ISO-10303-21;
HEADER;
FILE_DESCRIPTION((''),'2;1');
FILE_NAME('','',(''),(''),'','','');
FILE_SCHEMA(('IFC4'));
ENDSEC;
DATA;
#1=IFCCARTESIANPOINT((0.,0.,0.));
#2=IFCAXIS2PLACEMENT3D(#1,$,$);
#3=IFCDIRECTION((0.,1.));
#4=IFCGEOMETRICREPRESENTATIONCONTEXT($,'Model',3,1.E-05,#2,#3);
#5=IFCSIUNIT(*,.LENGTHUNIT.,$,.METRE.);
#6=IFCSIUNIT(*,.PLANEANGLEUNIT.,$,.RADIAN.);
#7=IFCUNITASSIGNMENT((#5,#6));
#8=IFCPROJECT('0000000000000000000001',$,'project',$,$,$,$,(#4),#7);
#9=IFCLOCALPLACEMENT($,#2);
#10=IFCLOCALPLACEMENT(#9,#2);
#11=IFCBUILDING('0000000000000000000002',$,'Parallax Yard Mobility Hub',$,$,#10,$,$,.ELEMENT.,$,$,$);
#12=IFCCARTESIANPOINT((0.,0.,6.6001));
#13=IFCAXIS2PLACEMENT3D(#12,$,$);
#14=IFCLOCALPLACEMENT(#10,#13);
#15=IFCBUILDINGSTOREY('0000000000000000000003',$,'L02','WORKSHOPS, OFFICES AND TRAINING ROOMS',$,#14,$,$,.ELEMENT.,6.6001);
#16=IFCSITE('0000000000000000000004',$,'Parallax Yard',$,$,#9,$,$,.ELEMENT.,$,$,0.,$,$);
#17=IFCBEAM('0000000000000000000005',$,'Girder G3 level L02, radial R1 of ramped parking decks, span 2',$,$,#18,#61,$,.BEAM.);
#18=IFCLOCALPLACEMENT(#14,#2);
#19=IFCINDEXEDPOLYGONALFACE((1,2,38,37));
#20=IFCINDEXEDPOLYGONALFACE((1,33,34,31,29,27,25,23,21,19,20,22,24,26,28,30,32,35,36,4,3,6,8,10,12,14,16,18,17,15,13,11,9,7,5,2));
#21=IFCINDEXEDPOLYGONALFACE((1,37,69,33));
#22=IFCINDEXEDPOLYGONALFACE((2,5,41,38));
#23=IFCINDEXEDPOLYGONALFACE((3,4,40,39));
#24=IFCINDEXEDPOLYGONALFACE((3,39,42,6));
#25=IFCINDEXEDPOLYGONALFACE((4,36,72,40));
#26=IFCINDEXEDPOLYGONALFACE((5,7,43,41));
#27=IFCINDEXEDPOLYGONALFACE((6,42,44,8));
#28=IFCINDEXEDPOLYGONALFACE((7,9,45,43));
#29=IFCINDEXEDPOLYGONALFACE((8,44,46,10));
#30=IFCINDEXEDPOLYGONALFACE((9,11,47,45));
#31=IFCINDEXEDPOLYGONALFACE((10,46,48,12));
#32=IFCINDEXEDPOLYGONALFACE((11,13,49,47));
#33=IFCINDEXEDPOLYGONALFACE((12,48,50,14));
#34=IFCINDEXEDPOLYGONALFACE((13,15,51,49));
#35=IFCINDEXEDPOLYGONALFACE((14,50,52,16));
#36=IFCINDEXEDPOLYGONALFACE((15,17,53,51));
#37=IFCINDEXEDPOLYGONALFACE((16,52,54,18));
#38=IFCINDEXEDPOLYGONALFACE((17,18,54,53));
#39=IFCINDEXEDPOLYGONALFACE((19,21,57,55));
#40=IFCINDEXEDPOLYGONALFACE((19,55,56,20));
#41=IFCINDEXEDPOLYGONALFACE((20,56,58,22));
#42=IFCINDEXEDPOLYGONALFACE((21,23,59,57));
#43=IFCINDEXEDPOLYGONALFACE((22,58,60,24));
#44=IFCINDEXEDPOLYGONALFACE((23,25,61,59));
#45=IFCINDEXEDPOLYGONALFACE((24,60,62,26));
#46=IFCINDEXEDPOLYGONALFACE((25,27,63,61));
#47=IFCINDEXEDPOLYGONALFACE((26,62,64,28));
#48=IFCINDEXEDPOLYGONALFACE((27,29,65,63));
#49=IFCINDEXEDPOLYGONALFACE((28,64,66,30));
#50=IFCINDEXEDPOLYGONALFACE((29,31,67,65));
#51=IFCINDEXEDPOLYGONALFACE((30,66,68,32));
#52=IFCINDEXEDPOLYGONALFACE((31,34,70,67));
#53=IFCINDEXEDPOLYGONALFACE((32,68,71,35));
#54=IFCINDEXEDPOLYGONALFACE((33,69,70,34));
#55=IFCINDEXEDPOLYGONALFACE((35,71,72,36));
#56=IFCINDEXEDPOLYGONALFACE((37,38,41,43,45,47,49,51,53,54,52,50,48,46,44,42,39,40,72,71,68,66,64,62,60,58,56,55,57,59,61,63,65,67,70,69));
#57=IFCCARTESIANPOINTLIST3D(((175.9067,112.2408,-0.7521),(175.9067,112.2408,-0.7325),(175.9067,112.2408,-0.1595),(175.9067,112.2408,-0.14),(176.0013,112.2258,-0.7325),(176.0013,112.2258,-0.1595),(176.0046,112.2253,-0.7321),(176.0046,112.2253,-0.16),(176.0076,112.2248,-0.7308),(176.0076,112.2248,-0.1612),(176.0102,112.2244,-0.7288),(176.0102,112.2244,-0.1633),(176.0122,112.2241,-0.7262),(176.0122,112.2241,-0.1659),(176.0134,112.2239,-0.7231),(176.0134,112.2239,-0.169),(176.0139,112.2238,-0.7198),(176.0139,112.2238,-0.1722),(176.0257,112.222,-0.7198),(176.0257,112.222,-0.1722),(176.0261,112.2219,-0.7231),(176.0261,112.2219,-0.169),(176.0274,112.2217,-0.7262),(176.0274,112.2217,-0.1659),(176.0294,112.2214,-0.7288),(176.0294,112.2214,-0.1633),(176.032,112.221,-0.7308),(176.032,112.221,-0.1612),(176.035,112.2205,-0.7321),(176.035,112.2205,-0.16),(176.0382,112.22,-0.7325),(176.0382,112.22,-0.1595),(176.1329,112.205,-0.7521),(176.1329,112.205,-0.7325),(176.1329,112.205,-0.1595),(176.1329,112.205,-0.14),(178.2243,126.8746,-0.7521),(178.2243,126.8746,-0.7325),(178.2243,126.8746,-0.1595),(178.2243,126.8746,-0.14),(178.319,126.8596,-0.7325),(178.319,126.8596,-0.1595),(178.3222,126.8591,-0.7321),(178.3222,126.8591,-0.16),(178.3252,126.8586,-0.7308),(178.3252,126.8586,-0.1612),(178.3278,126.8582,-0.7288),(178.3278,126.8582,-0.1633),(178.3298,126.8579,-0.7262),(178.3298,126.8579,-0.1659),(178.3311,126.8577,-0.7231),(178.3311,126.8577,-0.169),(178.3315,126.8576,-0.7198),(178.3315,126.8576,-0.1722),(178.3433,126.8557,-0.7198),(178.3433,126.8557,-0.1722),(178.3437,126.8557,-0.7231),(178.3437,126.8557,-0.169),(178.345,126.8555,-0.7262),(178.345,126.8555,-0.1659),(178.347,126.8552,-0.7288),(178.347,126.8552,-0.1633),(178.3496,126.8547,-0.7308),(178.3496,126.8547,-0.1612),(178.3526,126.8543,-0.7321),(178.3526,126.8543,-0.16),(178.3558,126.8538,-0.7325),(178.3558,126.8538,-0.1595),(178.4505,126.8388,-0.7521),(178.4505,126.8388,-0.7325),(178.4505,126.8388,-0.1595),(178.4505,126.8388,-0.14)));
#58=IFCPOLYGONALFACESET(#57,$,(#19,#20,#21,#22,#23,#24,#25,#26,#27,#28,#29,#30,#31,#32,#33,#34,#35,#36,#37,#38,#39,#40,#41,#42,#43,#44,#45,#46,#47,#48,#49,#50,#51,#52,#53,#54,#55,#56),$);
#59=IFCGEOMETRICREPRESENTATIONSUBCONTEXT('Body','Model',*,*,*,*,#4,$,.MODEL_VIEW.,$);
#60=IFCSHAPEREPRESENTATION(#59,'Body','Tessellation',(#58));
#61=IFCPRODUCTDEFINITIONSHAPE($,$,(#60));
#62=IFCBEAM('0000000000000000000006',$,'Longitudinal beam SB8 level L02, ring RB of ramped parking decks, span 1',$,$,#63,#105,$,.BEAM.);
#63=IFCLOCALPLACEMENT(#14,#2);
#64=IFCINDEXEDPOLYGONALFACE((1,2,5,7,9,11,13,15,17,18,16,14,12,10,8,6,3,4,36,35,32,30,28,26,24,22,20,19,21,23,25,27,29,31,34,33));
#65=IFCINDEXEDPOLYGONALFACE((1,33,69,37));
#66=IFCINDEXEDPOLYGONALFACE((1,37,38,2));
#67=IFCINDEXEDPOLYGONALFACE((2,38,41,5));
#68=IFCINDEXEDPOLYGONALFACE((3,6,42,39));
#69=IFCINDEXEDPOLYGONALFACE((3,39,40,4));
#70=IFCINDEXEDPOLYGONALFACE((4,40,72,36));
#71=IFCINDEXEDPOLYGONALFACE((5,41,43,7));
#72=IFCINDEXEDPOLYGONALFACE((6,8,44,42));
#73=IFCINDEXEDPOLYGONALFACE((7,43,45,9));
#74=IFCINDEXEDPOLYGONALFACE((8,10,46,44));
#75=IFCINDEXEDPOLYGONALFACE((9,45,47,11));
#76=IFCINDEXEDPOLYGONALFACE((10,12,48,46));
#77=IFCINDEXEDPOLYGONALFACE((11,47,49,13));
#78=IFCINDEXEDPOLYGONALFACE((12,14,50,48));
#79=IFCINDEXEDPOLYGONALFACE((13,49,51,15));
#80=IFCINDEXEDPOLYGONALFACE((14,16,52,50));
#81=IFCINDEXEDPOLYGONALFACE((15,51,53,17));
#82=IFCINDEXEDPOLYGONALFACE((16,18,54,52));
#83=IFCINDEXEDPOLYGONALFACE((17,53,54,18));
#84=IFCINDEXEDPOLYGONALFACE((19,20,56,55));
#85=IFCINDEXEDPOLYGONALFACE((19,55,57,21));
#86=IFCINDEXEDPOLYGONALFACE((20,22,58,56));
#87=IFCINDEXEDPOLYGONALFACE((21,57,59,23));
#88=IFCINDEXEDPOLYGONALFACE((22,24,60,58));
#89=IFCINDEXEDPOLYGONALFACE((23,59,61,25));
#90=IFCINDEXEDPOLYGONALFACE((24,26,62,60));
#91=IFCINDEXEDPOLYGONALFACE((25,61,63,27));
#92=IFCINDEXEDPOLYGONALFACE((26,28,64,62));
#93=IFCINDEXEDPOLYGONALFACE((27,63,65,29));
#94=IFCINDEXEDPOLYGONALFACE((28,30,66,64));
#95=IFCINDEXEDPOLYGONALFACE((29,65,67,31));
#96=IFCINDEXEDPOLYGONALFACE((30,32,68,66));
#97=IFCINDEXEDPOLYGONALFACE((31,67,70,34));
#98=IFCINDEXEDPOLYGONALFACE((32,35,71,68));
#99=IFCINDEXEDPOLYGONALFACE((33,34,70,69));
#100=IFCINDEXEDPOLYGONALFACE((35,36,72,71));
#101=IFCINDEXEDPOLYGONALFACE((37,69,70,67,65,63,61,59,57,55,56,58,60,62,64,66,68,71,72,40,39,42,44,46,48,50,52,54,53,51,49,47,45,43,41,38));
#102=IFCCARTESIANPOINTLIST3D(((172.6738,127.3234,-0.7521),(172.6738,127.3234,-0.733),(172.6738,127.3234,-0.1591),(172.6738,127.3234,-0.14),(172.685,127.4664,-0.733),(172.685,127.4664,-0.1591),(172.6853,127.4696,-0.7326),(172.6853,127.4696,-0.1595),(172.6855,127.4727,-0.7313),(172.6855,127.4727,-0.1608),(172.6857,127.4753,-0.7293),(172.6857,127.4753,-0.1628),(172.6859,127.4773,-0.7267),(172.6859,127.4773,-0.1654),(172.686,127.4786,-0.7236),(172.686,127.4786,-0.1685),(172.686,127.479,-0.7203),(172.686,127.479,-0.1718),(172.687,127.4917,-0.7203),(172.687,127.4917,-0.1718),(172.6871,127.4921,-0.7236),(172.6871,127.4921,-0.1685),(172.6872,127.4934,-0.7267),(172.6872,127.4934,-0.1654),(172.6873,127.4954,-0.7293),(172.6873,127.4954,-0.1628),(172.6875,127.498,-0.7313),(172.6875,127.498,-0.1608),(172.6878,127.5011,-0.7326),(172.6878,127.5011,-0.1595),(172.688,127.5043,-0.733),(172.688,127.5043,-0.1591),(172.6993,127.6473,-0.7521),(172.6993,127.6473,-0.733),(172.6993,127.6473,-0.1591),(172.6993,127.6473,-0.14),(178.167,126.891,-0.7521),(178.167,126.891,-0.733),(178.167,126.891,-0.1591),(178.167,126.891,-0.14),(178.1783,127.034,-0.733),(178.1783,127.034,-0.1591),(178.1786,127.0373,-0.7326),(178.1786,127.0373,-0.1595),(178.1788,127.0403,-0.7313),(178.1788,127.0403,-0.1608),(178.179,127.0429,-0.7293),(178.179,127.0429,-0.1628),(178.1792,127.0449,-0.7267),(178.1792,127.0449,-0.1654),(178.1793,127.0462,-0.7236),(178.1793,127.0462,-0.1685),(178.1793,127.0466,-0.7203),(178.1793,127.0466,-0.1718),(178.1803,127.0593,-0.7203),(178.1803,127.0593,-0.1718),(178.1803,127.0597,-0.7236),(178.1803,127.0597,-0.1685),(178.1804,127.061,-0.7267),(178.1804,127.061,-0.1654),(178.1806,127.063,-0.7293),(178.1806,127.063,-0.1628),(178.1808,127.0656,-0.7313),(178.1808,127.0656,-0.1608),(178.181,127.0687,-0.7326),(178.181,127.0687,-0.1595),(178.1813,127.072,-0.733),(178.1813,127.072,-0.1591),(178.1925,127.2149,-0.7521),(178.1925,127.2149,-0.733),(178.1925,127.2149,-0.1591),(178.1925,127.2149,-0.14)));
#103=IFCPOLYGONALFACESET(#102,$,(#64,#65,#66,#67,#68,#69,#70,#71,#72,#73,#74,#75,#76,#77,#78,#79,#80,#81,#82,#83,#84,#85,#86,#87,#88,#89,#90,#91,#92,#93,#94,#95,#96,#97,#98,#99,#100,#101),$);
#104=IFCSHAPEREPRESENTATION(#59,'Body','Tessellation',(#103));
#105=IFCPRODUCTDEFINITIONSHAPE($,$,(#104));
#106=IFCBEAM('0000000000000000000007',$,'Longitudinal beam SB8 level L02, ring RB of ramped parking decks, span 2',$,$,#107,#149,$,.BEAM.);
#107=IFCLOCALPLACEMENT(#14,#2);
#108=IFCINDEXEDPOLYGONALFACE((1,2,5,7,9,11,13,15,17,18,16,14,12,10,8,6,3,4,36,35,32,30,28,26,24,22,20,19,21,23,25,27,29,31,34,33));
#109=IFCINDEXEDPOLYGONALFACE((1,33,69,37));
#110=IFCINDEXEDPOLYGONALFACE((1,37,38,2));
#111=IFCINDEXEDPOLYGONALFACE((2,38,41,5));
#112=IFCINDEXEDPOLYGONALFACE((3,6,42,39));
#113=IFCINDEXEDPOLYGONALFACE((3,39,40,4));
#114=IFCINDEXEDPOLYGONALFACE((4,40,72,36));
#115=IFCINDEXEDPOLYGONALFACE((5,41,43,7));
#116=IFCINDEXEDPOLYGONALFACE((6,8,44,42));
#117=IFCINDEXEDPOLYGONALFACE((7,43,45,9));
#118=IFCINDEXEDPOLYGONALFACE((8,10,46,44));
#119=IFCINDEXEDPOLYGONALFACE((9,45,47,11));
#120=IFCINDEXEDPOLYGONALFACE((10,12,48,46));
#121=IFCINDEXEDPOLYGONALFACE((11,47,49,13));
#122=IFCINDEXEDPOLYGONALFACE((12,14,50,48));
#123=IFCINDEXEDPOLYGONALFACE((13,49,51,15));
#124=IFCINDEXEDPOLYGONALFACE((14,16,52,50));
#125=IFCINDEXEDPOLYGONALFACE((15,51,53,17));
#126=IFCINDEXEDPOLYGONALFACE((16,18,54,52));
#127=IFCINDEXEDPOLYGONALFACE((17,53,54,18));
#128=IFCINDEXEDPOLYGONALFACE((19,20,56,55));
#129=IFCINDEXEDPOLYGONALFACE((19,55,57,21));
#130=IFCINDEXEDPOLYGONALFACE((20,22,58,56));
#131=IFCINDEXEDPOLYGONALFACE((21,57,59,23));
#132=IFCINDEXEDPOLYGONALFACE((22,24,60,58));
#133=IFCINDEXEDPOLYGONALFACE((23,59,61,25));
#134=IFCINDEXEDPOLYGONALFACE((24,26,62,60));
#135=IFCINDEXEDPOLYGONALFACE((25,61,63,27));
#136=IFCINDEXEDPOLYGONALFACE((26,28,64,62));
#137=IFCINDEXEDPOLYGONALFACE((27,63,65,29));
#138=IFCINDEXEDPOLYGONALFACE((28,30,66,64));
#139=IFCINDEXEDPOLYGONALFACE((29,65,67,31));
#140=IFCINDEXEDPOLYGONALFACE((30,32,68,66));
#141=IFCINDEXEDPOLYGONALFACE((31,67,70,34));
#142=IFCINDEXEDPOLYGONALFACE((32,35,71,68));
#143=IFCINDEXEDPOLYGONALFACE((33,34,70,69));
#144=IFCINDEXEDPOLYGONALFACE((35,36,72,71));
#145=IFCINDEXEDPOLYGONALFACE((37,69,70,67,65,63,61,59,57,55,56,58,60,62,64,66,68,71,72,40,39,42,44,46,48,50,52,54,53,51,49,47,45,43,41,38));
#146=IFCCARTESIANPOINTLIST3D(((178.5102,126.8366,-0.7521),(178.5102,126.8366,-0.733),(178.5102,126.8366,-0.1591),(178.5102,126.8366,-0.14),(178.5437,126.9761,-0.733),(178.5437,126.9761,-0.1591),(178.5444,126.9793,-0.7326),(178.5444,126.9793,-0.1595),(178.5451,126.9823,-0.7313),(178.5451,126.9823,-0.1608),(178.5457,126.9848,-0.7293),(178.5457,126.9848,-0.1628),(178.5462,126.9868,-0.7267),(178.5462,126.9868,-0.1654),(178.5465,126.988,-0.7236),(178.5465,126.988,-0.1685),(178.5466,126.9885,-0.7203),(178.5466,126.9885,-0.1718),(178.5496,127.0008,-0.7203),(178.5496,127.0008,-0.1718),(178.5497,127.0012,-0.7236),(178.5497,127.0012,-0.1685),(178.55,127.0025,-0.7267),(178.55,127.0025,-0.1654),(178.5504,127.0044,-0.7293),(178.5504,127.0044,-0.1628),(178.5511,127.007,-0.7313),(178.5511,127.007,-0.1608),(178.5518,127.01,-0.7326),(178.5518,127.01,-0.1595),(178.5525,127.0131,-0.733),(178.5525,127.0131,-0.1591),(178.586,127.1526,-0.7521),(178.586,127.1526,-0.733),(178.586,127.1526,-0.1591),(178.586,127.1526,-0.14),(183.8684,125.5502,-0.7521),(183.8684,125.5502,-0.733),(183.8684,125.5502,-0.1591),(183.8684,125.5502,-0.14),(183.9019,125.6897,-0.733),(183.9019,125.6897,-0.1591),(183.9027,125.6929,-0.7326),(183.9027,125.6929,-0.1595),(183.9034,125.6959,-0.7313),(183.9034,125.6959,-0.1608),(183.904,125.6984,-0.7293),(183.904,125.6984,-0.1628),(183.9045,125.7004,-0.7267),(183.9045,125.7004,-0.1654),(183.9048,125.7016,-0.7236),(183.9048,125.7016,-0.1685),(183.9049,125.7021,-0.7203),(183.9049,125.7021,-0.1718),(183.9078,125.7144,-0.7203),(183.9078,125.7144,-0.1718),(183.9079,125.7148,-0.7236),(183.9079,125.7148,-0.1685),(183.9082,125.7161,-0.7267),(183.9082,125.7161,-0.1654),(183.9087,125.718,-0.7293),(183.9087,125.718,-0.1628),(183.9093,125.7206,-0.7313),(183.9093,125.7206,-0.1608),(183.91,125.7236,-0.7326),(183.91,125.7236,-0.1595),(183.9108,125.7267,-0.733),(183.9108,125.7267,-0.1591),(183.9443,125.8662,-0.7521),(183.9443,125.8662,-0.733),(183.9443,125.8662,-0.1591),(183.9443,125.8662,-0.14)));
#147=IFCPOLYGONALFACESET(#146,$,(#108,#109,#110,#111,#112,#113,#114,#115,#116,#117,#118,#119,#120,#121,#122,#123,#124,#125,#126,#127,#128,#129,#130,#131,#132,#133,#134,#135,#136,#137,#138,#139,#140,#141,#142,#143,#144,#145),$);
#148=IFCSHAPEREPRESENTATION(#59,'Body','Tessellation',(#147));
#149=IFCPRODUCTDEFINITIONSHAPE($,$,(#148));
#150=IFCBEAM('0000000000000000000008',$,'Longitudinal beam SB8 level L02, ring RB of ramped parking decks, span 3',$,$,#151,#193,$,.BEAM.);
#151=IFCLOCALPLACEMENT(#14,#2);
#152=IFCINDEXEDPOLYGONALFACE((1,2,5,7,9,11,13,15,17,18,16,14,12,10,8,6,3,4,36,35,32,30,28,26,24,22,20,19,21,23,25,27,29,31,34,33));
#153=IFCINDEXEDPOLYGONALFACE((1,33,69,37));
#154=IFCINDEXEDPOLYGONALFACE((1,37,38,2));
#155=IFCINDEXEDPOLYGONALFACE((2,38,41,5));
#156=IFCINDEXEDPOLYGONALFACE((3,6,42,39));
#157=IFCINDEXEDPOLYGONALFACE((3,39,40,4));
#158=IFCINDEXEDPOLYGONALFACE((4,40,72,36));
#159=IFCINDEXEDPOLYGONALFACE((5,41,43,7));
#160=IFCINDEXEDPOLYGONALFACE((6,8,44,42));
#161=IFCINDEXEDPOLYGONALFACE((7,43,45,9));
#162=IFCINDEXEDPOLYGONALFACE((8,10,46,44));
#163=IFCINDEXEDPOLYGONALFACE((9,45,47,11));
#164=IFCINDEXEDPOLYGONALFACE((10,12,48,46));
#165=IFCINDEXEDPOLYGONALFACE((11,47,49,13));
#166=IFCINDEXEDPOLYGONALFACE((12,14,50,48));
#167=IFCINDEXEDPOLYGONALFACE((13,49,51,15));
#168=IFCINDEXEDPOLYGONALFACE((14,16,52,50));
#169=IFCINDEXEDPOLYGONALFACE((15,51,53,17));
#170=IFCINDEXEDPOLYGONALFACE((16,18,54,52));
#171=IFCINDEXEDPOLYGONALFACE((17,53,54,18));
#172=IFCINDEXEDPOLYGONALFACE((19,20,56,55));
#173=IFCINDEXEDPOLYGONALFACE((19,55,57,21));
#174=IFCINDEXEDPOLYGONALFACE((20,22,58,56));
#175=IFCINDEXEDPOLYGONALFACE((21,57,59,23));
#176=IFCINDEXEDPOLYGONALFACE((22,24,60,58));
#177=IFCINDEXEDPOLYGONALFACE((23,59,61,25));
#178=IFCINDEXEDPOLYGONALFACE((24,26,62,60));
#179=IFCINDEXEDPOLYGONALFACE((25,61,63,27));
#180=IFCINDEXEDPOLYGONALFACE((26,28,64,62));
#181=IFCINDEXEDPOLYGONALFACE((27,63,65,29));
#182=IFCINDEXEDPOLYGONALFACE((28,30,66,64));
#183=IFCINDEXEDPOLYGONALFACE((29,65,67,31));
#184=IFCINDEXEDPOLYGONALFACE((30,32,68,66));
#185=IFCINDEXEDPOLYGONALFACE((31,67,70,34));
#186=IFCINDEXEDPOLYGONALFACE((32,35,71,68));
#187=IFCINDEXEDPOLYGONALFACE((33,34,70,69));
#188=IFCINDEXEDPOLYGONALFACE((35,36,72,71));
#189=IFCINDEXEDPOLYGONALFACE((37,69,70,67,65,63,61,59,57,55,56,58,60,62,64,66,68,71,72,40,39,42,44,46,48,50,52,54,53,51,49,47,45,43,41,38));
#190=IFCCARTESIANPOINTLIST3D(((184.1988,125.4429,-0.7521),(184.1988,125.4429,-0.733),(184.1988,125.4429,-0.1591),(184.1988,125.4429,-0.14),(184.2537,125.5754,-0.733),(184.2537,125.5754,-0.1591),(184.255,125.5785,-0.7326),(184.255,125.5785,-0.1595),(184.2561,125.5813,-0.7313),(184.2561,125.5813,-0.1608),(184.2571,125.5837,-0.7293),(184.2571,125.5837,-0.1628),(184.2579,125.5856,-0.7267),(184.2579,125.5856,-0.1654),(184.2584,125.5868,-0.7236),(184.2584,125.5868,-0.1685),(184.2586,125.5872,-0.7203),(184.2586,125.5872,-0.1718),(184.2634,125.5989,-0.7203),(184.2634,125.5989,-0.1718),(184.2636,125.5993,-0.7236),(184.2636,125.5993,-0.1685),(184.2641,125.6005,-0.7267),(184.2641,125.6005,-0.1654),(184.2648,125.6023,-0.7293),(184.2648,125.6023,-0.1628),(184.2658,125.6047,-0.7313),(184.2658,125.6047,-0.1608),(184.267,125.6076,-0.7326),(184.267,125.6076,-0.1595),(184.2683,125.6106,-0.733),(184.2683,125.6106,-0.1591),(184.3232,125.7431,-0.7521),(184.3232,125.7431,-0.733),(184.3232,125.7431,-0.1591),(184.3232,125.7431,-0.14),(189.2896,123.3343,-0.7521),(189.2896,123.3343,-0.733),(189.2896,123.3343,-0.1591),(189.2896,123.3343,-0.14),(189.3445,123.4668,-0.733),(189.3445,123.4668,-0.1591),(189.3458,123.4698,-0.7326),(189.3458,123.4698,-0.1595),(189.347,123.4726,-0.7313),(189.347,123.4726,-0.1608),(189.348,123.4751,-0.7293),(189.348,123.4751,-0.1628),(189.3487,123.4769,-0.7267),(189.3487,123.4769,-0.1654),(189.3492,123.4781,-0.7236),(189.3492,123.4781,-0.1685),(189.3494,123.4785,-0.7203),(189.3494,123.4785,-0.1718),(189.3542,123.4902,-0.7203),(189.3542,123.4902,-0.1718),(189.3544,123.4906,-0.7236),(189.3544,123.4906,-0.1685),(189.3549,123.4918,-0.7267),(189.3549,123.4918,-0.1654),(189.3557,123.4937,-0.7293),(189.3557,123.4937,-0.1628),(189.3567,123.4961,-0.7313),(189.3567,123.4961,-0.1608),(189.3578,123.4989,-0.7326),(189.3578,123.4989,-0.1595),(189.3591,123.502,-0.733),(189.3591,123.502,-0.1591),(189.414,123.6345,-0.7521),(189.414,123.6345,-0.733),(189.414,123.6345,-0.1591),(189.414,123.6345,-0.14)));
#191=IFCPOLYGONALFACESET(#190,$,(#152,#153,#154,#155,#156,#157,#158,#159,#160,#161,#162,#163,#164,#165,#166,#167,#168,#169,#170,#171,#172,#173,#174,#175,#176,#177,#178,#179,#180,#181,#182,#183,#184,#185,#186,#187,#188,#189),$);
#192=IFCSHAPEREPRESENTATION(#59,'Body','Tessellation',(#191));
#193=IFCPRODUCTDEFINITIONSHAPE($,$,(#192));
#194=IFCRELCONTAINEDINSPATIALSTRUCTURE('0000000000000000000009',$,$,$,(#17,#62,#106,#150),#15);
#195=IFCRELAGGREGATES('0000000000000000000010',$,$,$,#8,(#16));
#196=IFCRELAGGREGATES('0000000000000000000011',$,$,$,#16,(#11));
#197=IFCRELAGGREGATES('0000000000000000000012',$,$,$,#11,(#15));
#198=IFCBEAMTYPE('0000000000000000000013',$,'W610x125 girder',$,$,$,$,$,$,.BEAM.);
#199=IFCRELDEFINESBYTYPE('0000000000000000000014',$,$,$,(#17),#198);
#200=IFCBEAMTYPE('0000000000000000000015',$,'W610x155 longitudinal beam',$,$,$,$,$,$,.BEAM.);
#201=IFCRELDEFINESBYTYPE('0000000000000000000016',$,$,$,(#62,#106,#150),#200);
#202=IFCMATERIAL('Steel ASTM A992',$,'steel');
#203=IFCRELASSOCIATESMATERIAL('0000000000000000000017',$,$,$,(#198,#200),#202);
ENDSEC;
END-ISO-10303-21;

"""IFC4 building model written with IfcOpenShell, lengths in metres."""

from ifc_helpers import new_model, si_unit, direction, frame, origin, origin_2d, place, context, subcontext, project, spatial, i_section, extrude, material, material_profile, profile_set, type_object, element, save


model = new_model("IFC4")

# Units and contexts
model_context = context("Model", 3, precision=1e-05, world=origin(), true_north=direction((0.0, 1.0)))
body_context = subcontext(model_context, "Body", "Model", "MODEL_VIEW")
ifc_project = project(units=[si_unit("LENGTHUNIT", "METRE"), si_unit("PLANEANGLEUNIT", "RADIAN")], contexts=[model_context])

# Site, building, storey
site_placement = place(None, origin())
site = spatial("IfcSite", under=ifc_project, at=site_placement, Name="Parallax Yard", CompositionType="ELEMENT", RefElevation=0.0)
building_placement = place(site_placement, origin())
building = spatial("IfcBuilding", under=site, at=building_placement, Name="Parallax Yard Mobility Hub", CompositionType="ELEMENT")
storey_placement = place(building_placement, frame((0.0, 0.0, 6.6001)))
storey = spatial("IfcBuildingStorey", under=building, at=storey_placement, Name="L02", Description="WORKSHOPS, OFFICES AND TRAINING ROOMS", CompositionType="ELEMENT", Elevation=6.6001)

# Shared definitions
ifc_material_1 = material(Name="Steel ASTM A992", Category="steel")

# Beams
ifc_material_profile_1 = material_profile(ifc_material_1, i_section(OverallWidth=0.229, OverallDepth=0.6121, WebThickness=0.012, FlangeThickness=0.0195, FilletRadius=0.0127, at=origin_2d()), Name="W610x125")
ifc_profile_set_1 = profile_set([ifc_material_profile_1], Name="Steel ASTM A992")
beam_type_1 = type_object("IfcBeamType", Name="W610x125 girder", PredefinedType="BEAM", material=ifc_profile_set_1)
beam_1_placement = place(storey_placement, frame((176.0198, 112.2229, -0.446), z_axis=(0.156425, 0.98769, 0.0), x_axis=(-0.98769, 0.156425, 0.0)))
element("IfcBeam", 1, at=beam_1_placement, inside=storey, type_object=beam_type_1, Name="Girder G3 level L02, radial R1 of ramped parking decks, span 2", PredefinedType="BEAM", context=body_context, shape_type="SweptSolid", body=[
    extrude(i_section(OverallWidth=0.229, OverallDepth=0.6121, WebThickness=0.012, FlangeThickness=0.0195, FilletRadius=0.0127, at=origin_2d()), origin(), (0.0, 0.0, 1.0), 14.8162),
])
ifc_material_profile_2 = material_profile(ifc_material_1, i_section(OverallWidth=0.325, OverallDepth=0.6121, WebThickness=0.0127, FlangeThickness=0.019, FilletRadius=0.0127, at=origin_2d()), Name="W610x155")
ifc_profile_set_2 = profile_set([ifc_material_profile_2], Name="Steel ASTM A992")
beam_type_2 = type_object("IfcBeamType", Name="W610x155 longitudinal beam", PredefinedType="BEAM", material=ifc_profile_set_2)
beam_2_placement = place(storey_placement, frame((172.6865, 127.4854, -0.446), z_axis=(0.996917, -0.078468, 0.0), x_axis=(0.078468, 0.996917, 0.0)))
element("IfcBeam", 2, at=beam_2_placement, inside=storey, type_object=beam_type_2, Name="Longitudinal beam SB8 level L02, ring RB of ramped parking decks, span 1", PredefinedType="BEAM", context=body_context, shape_type="SweptSolid", body=[
    extrude(i_section(OverallWidth=0.325, OverallDepth=0.6121, WebThickness=0.0127, FlangeThickness=0.019, FilletRadius=0.0127, at=origin_2d()), origin(), (0.0, 0.0, 1.0), 5.5103),
])
beam_3_placement = place(storey_placement, frame((178.5481, 126.9946, -0.446), z_axis=(0.97237, -0.233445, 0.0), x_axis=(0.233445, 0.97237, 0.0)))
element("IfcBeam", 3, at=beam_3_placement, inside=storey, type_object=beam_type_2, Name="Longitudinal beam SB8 level L02, ring RB of ramped parking decks, span 2", PredefinedType="BEAM", context=body_context, shape_type="SweptSolid", body=[
    extrude(i_section(OverallWidth=0.325, OverallDepth=0.6121, WebThickness=0.0127, FlangeThickness=0.019, FilletRadius=0.0127, at=origin_2d()), origin(), (0.0, 0.0, 1.0), 5.5105),
])
beam_4_placement = place(storey_placement, frame((184.261, 125.593, -0.446), z_axis=(0.923882, -0.382677, 0.0), x_axis=(0.382677, 0.923882, 0.0)))
element("IfcBeam", 4, at=beam_4_placement, inside=storey, type_object=beam_type_2, Name="Longitudinal beam SB8 level L02, ring RB of ramped parking decks, span 3", PredefinedType="BEAM", context=body_context, shape_type="SweptSolid", body=[
    extrude(i_section(OverallWidth=0.325, OverallDepth=0.6121, WebThickness=0.0127, FlangeThickness=0.019, FilletRadius=0.0127, at=origin_2d()), origin(), (0.0, 0.0, 1.0), 5.5103),
])

save(model, "model.ifc")
